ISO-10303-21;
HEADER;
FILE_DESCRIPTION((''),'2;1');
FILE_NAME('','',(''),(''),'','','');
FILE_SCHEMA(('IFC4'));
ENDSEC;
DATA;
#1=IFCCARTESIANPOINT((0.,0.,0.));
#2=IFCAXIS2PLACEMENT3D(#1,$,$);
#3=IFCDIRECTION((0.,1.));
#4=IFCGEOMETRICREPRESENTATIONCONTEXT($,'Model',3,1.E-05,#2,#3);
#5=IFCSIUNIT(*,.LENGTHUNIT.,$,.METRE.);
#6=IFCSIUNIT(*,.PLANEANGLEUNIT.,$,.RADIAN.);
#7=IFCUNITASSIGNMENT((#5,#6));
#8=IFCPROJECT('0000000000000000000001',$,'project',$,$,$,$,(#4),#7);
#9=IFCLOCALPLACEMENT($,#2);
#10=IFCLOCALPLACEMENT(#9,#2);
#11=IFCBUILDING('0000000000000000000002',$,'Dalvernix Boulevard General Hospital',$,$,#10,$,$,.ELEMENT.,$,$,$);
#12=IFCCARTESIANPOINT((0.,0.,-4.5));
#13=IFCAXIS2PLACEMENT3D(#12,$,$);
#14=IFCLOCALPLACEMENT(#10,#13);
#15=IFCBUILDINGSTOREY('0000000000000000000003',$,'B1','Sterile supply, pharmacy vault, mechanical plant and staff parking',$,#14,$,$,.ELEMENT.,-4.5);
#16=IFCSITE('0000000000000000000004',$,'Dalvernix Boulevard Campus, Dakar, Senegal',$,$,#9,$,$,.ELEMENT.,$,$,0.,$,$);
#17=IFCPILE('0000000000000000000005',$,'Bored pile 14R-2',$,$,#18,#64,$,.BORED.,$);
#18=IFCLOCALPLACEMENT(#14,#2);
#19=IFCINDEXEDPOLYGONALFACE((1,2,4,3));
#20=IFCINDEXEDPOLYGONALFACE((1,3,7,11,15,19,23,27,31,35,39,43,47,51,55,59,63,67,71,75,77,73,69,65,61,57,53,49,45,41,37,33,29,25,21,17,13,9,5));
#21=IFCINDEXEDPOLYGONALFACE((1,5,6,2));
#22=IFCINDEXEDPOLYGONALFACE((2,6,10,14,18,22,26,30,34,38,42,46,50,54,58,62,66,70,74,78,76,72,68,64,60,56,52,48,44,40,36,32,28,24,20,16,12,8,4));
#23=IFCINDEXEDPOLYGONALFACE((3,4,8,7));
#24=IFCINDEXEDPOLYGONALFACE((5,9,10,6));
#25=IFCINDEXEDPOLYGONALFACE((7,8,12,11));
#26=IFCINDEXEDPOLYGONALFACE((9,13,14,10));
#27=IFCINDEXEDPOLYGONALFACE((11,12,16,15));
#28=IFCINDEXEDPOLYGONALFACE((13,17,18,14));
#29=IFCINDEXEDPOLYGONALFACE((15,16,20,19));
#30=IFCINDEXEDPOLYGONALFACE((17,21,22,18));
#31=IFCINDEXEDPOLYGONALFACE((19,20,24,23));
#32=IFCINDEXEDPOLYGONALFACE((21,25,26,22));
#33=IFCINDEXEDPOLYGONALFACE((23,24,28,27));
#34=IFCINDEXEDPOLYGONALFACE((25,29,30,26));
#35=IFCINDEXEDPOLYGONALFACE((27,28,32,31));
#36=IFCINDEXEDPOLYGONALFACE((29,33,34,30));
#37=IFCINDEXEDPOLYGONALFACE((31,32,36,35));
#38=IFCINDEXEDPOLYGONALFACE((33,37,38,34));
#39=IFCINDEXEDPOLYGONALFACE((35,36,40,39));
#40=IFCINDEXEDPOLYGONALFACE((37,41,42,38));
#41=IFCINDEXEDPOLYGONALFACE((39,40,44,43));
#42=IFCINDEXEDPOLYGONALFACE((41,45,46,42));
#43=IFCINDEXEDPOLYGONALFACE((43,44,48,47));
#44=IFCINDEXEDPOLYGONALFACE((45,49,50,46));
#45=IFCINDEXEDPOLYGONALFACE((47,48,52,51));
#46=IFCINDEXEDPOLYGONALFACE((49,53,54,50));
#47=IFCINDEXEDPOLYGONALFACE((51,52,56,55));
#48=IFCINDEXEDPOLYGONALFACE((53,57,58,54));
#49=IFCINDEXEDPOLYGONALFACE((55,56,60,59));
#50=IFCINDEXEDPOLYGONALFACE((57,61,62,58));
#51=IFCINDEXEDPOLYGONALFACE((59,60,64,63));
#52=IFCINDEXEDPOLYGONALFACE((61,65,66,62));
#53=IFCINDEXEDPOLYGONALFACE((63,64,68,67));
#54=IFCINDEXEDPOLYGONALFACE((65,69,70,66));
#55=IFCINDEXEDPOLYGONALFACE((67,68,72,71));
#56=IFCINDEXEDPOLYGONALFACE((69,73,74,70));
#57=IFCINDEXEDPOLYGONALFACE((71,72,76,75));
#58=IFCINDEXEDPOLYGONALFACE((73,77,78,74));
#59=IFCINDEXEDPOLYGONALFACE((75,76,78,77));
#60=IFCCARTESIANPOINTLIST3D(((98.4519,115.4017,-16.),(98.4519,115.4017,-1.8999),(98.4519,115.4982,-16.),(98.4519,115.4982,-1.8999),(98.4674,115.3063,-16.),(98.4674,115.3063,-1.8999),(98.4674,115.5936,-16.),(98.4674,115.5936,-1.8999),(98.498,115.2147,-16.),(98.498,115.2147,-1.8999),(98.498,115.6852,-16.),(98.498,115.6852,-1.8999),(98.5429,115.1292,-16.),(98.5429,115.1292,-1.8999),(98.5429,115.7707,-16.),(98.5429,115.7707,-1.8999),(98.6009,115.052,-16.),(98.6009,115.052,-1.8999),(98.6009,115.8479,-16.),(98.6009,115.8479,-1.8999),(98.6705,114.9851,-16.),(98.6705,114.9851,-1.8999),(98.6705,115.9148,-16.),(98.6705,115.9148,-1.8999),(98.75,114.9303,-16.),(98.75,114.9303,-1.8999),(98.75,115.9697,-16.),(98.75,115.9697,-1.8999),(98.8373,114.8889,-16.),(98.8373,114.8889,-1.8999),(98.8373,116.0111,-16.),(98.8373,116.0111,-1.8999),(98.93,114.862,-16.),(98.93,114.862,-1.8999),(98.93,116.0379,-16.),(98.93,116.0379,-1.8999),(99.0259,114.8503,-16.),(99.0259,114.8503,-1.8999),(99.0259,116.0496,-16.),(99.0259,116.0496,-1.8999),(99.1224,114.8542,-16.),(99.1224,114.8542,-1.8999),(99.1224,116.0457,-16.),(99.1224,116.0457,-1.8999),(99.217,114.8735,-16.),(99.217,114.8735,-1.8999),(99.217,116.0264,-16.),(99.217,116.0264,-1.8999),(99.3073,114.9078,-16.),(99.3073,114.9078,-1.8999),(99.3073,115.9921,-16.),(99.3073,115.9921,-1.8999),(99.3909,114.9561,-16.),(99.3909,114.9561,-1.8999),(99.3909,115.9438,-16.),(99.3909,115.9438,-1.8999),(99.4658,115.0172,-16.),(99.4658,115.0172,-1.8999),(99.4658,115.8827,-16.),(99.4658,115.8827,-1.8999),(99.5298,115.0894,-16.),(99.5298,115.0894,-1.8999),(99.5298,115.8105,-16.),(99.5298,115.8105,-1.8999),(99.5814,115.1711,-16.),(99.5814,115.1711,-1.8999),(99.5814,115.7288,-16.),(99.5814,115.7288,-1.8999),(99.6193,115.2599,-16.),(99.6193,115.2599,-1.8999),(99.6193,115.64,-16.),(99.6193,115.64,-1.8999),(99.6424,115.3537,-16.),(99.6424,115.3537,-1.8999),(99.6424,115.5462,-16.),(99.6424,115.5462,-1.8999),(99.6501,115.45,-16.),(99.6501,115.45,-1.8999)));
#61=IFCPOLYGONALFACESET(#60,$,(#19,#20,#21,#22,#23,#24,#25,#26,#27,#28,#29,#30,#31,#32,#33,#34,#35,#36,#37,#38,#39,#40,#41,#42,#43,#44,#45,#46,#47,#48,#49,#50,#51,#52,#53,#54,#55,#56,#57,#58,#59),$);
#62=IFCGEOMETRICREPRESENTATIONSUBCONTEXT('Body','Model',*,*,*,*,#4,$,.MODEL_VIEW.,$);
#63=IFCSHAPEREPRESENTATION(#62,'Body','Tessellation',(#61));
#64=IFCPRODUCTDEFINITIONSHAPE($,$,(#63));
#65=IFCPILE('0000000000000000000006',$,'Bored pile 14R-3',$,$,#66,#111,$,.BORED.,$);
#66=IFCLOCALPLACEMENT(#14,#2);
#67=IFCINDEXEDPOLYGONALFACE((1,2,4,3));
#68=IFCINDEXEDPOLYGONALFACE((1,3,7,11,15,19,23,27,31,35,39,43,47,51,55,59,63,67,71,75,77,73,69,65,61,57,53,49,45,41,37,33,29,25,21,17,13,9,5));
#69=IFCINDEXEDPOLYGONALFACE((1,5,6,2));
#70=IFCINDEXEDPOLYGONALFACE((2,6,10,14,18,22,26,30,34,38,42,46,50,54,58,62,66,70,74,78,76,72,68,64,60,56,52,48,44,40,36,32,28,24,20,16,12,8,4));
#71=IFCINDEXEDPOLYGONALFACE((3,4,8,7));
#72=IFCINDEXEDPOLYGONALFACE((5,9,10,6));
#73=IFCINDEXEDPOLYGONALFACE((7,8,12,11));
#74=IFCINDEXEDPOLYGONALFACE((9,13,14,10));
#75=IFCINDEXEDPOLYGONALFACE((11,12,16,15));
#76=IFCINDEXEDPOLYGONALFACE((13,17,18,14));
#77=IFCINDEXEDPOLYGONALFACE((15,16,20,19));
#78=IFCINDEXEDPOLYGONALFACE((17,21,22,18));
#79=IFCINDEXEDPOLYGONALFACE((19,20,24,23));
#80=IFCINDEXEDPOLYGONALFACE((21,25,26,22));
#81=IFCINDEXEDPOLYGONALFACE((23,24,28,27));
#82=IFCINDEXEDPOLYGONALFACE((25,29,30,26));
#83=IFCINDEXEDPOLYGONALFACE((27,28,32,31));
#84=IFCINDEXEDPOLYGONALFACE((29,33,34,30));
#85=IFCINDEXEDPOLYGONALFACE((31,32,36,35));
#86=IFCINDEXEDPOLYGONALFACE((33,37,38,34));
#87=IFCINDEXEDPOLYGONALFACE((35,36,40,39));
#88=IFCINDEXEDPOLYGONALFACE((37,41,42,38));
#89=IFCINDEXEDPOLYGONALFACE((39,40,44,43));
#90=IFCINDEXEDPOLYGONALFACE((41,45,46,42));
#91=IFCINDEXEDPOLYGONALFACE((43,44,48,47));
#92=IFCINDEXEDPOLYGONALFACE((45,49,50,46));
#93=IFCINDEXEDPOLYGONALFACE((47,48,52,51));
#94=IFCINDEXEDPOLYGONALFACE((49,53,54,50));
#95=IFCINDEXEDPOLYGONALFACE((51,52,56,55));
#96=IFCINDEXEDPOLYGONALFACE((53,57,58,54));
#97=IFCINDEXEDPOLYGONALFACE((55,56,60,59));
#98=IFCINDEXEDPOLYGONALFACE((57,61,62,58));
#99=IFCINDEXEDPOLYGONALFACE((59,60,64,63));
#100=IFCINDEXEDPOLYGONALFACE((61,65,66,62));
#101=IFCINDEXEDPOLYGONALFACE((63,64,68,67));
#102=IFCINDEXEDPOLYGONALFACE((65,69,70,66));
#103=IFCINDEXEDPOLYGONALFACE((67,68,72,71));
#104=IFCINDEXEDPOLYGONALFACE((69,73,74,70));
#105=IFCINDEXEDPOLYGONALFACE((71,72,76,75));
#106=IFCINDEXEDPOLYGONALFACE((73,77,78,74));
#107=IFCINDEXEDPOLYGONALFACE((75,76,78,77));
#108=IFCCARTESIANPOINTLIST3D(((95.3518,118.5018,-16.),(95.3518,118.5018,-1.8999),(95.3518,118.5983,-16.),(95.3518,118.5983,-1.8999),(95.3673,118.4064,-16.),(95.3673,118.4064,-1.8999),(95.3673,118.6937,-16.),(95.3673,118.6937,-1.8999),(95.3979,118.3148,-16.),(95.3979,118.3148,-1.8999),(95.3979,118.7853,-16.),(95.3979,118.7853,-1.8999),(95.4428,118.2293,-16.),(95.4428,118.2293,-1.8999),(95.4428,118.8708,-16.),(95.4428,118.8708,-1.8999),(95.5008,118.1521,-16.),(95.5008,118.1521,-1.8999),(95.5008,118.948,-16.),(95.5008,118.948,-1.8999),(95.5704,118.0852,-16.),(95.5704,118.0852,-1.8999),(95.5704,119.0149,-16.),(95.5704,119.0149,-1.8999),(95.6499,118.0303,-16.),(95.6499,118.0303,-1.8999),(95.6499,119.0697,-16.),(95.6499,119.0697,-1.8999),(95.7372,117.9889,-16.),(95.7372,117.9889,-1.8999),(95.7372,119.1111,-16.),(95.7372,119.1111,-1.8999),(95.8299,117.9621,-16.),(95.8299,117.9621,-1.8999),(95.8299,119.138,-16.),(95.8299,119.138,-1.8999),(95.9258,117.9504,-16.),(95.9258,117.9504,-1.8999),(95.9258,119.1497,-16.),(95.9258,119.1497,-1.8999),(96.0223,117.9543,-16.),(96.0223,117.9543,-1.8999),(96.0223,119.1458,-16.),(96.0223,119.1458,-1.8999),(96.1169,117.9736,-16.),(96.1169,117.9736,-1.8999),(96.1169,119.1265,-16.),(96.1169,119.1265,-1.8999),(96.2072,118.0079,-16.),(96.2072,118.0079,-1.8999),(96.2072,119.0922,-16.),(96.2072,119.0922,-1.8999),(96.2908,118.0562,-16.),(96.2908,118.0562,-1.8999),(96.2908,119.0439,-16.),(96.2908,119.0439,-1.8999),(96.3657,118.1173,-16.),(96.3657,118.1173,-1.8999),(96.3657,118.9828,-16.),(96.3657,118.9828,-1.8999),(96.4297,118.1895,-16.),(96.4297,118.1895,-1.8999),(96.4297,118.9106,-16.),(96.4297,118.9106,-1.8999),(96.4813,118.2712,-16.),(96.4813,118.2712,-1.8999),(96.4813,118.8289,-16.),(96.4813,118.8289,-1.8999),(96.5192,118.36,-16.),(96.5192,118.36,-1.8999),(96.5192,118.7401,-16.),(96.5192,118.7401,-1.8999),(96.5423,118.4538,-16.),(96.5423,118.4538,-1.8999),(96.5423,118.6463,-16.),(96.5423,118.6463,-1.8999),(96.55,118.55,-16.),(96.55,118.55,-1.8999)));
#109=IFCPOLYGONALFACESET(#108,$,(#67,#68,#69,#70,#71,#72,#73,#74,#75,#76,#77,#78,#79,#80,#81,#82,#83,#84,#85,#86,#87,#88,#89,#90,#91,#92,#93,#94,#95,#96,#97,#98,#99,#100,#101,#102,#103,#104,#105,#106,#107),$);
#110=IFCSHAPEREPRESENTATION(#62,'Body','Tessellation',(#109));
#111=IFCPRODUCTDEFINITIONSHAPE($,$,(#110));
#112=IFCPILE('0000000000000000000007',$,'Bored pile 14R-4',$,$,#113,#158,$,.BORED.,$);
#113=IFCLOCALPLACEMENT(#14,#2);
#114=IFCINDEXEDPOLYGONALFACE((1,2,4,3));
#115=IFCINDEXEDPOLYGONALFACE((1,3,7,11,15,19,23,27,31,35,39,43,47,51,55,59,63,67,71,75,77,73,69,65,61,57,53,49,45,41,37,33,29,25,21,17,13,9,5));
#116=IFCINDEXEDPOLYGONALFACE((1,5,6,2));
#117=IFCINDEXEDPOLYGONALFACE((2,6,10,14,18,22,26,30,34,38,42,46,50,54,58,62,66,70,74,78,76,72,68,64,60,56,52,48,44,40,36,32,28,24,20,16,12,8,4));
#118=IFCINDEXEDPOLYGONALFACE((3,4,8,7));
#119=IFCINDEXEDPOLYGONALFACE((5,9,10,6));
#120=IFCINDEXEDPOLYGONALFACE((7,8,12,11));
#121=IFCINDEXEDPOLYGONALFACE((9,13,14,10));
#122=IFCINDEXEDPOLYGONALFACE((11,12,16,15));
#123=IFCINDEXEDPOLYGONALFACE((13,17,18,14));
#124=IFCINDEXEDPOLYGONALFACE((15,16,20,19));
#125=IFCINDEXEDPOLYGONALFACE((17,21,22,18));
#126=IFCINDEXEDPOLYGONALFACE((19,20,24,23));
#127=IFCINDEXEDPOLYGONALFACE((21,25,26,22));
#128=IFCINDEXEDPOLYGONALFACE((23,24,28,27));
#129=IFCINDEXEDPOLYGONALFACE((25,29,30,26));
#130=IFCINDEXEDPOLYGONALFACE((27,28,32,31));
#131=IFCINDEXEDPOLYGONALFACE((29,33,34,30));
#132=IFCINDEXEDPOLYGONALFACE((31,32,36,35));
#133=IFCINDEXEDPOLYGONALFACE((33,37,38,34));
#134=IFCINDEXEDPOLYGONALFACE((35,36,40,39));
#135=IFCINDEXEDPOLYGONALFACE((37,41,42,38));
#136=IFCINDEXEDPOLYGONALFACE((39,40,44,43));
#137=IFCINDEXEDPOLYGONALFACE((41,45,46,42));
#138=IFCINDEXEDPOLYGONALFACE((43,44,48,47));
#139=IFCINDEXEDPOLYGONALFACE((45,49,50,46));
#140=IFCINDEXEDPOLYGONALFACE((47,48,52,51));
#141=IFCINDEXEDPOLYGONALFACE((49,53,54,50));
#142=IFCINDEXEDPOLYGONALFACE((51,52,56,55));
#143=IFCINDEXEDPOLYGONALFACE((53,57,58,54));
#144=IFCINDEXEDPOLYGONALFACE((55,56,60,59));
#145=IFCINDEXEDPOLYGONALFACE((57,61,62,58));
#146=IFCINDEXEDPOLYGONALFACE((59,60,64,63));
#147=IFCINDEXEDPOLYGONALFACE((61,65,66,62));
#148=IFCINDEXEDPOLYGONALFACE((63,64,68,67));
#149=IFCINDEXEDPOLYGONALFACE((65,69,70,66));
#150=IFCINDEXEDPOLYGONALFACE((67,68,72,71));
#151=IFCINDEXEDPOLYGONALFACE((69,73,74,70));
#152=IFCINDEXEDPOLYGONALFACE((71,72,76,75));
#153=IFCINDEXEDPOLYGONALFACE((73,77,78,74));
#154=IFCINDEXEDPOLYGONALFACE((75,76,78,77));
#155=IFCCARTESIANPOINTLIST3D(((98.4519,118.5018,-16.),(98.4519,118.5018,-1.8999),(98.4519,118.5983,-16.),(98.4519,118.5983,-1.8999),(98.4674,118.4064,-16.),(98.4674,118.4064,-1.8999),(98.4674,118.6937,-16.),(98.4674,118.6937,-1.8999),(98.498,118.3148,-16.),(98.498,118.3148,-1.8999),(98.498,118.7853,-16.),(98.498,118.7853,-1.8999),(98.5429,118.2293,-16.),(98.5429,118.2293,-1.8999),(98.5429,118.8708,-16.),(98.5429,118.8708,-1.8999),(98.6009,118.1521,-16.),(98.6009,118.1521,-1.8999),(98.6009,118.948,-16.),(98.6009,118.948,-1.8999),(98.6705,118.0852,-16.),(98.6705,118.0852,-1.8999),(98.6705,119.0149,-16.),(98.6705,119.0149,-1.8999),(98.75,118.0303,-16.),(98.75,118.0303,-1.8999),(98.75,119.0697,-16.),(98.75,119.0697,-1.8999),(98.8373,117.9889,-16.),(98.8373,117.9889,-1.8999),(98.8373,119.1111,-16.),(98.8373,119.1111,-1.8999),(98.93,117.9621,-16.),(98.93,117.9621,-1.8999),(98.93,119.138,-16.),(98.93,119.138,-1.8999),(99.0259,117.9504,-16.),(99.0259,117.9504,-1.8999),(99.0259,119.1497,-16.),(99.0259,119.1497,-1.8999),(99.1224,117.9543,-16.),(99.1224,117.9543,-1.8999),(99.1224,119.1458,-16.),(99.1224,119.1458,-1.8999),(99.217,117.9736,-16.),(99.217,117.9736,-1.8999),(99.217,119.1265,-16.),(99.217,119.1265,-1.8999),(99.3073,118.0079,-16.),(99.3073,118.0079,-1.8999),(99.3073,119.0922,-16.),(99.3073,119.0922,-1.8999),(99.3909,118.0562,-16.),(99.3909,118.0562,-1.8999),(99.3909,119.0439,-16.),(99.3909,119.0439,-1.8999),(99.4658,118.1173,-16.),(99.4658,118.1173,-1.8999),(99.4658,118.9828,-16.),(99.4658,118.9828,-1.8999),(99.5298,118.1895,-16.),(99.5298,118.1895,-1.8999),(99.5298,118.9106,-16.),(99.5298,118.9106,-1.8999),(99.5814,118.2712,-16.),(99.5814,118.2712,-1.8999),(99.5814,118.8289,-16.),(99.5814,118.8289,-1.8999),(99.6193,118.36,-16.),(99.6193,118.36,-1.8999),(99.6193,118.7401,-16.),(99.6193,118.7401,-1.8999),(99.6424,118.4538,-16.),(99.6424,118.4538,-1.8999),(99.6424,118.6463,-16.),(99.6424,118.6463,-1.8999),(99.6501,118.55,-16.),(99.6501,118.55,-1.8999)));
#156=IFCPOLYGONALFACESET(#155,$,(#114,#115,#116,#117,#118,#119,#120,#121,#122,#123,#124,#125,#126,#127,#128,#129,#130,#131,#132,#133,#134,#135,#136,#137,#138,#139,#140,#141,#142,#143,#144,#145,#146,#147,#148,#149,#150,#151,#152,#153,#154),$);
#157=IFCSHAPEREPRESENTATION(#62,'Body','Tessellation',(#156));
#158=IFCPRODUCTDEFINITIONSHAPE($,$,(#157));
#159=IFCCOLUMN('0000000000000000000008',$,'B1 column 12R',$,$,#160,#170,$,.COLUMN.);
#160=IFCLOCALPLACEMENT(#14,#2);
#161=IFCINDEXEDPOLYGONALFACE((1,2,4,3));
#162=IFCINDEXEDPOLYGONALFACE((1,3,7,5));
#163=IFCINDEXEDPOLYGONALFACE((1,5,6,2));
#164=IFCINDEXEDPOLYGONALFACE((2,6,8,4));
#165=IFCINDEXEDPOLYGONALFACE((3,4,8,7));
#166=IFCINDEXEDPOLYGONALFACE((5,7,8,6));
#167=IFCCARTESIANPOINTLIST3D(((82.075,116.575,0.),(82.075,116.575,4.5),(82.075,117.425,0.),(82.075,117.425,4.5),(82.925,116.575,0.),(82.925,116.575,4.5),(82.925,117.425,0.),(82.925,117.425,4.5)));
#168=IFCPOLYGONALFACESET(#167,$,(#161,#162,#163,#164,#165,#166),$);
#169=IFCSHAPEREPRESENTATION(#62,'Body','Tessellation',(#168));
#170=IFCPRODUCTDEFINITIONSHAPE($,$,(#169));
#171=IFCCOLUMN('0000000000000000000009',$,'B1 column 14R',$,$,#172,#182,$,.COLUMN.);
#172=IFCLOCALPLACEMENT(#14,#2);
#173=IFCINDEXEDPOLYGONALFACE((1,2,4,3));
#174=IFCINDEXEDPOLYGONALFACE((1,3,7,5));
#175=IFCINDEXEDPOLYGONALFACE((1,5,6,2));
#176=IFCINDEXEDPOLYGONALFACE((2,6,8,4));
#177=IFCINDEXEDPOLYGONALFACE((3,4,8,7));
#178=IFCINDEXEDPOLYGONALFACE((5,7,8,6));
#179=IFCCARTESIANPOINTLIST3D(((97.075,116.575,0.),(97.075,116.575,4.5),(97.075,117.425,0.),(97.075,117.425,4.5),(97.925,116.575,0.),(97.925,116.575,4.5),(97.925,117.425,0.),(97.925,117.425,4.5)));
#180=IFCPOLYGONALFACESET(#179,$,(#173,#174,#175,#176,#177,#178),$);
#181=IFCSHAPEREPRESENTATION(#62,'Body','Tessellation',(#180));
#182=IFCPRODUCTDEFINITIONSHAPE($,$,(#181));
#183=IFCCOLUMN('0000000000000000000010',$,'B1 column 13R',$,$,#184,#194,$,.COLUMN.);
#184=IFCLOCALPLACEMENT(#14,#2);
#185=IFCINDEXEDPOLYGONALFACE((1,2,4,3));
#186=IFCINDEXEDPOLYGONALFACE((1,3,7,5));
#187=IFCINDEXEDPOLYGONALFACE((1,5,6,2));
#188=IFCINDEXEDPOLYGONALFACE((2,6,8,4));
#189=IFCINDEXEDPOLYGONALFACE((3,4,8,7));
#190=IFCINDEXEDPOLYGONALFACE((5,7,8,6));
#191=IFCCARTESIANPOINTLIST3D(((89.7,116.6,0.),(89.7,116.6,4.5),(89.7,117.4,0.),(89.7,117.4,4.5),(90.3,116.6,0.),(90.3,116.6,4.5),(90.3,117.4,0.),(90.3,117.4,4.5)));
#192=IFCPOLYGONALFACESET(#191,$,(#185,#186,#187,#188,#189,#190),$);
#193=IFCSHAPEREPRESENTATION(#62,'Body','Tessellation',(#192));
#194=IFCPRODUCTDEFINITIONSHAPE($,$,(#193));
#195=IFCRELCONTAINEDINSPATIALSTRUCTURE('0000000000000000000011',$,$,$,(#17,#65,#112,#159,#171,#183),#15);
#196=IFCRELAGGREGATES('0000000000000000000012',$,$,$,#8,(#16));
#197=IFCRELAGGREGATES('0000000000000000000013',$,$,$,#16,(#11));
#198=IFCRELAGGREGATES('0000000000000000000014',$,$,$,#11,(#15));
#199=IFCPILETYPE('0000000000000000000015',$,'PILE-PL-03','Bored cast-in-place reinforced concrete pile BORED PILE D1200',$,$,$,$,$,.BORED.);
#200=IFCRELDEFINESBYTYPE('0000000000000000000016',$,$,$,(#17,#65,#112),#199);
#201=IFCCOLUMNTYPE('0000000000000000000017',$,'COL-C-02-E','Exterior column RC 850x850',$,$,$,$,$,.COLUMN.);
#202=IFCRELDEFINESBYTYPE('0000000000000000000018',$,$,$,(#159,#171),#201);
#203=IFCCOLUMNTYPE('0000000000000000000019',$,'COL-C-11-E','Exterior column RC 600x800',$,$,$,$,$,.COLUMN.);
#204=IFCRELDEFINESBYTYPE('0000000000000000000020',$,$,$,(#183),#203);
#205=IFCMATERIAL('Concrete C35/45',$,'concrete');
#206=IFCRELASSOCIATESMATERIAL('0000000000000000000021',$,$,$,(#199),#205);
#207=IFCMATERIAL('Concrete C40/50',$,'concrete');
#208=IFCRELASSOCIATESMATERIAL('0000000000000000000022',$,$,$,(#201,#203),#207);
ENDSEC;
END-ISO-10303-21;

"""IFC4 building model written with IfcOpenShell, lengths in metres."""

from ifc_helpers import new_model, si_unit, direction, frame, origin, origin_2d, place, context, subcontext, project, spatial, rectangle, circle, extrude, material, material_profile, profile_set, type_object, element, save


model = new_model("IFC4")

# Units and contexts
model_context = context("Model", 3, precision=1e-05, world=origin(), true_north=direction((0.0, 1.0)))
body_context = subcontext(model_context, "Body", "Model", "MODEL_VIEW")
ifc_project = project(units=[si_unit("LENGTHUNIT", "METRE"), si_unit("PLANEANGLEUNIT", "RADIAN")], contexts=[model_context])

# Site, building, storey
site_placement = place(None, origin())
site = spatial("IfcSite", under=ifc_project, at=site_placement, Name="Dalvernix Boulevard Campus, Dakar, Senegal", CompositionType="ELEMENT", RefElevation=0.0)
building_placement = place(site_placement, origin())
building = spatial("IfcBuilding", under=site, at=building_placement, Name="Dalvernix Boulevard General Hospital", CompositionType="ELEMENT")
storey_placement = place(building_placement, frame((0.0, 0.0, -4.5)))
storey = spatial("IfcBuildingStorey", under=building, at=storey_placement, Name="B1", Description="Sterile supply, pharmacy vault, mechanical plant and staff parking", CompositionType="ELEMENT", Elevation=-4.5)

# Shared definitions
ifc_material_1 = material(Name="Concrete C35/45", Category="concrete")
ifc_material_2 = material(Name="Concrete C40/50", Category="concrete")

# Piles
ifc_material_profile_1 = material_profile(ifc_material_1, circle(Radius=0.6001, at=origin_2d()), Name="BORED PILE D1200")
ifc_profile_set_1 = profile_set([ifc_material_profile_1], Name="Concrete C35/45")
pile_type_1 = type_object("IfcPileType", Name="PILE-PL-03", Description="Bored cast-in-place reinforced concrete pile BORED PILE D1200", PredefinedType="BORED", material=ifc_profile_set_1)
for number, where, z_axis, x_axis, name in (
    (1, (99.05, 115.45, -1.8999), (0.0, 0.0, -1.0), (1.0, 0.0, 0.0), "Bored pile 14R-2"),
    (2, (95.95, 118.55, -1.8999), (0.0, 0.0, -1.0), (1.0, 0.0, 0.0), "Bored pile 14R-3"),
    (3, (99.05, 118.55, -1.8999), (0.0, 0.0, -1.0), (1.0, 0.0, 0.0), "Bored pile 14R-4"),
):
    element("IfcPile", number, at=place(storey_placement, frame(where, z_axis=z_axis, x_axis=x_axis)), inside=storey, type_object=pile_type_1, Name=name, PredefinedType="BORED", context=body_context, shape_type="SweptSolid", body=[
        extrude(circle(Radius=0.6001, at=origin_2d()), origin(), (0.0, 0.0, 1.0), 14.1001),
    ])

# Columns
ifc_material_profile_2 = material_profile(ifc_material_2, rectangle(XDim=0.8501, YDim=0.8501, at=origin_2d()), Name="RC 850x850")
ifc_profile_set_2 = profile_set([ifc_material_profile_2], Name="Concrete C40/50")
column_type_1 = type_object("IfcColumnType", Name="COL-C-02-E", Description="Exterior column RC 850x850", PredefinedType="COLUMN", material=ifc_profile_set_2)
for number, where, z_axis, x_axis, name in (
    (4, (82.5, 117.0, 0.0), (0.0, 0.0, 1.0), (1.0, 0.0, 0.0), "B1 column 12R"),
    (5, (97.5, 117.0, 0.0), (0.0, 0.0, 1.0), (1.0, 0.0, 0.0), "B1 column 14R"),
):
    element("IfcColumn", number, at=place(storey_placement, frame(where, z_axis=z_axis, x_axis=x_axis)), inside=storey, type_object=column_type_1, Name=name, PredefinedType="COLUMN", context=body_context, shape_type="SweptSolid", body=[
        extrude(rectangle(XDim=0.8501, YDim=0.8501, at=origin_2d()), origin(), (0.0, 0.0, 1.0), 4.5),
    ])
ifc_material_profile_3 = material_profile(ifc_material_2, rectangle(XDim=0.6001, YDim=0.8, at=origin_2d()), Name="RC 600x800")
ifc_profile_set_3 = profile_set([ifc_material_profile_3], Name="Concrete C40/50")
column_type_2 = type_object("IfcColumnType", Name="COL-C-11-E", Description="Exterior column RC 600x800", PredefinedType="COLUMN", material=ifc_profile_set_3)
column_1_placement = place(storey_placement, frame((90.0, 117.0, 0.0), z_axis=(0.0, 0.0, 1.0), x_axis=(1.0, 0.0, 0.0)))
element("IfcColumn", 6, at=column_1_placement, inside=storey, type_object=column_type_2, Name="B1 column 13R", PredefinedType="COLUMN", context=body_context, shape_type="SweptSolid", body=[
    extrude(rectangle(XDim=0.6001, YDim=0.8, at=origin_2d()), origin(), (0.0, 0.0, 1.0), 4.5),
])

save(model, "model.ifc")
